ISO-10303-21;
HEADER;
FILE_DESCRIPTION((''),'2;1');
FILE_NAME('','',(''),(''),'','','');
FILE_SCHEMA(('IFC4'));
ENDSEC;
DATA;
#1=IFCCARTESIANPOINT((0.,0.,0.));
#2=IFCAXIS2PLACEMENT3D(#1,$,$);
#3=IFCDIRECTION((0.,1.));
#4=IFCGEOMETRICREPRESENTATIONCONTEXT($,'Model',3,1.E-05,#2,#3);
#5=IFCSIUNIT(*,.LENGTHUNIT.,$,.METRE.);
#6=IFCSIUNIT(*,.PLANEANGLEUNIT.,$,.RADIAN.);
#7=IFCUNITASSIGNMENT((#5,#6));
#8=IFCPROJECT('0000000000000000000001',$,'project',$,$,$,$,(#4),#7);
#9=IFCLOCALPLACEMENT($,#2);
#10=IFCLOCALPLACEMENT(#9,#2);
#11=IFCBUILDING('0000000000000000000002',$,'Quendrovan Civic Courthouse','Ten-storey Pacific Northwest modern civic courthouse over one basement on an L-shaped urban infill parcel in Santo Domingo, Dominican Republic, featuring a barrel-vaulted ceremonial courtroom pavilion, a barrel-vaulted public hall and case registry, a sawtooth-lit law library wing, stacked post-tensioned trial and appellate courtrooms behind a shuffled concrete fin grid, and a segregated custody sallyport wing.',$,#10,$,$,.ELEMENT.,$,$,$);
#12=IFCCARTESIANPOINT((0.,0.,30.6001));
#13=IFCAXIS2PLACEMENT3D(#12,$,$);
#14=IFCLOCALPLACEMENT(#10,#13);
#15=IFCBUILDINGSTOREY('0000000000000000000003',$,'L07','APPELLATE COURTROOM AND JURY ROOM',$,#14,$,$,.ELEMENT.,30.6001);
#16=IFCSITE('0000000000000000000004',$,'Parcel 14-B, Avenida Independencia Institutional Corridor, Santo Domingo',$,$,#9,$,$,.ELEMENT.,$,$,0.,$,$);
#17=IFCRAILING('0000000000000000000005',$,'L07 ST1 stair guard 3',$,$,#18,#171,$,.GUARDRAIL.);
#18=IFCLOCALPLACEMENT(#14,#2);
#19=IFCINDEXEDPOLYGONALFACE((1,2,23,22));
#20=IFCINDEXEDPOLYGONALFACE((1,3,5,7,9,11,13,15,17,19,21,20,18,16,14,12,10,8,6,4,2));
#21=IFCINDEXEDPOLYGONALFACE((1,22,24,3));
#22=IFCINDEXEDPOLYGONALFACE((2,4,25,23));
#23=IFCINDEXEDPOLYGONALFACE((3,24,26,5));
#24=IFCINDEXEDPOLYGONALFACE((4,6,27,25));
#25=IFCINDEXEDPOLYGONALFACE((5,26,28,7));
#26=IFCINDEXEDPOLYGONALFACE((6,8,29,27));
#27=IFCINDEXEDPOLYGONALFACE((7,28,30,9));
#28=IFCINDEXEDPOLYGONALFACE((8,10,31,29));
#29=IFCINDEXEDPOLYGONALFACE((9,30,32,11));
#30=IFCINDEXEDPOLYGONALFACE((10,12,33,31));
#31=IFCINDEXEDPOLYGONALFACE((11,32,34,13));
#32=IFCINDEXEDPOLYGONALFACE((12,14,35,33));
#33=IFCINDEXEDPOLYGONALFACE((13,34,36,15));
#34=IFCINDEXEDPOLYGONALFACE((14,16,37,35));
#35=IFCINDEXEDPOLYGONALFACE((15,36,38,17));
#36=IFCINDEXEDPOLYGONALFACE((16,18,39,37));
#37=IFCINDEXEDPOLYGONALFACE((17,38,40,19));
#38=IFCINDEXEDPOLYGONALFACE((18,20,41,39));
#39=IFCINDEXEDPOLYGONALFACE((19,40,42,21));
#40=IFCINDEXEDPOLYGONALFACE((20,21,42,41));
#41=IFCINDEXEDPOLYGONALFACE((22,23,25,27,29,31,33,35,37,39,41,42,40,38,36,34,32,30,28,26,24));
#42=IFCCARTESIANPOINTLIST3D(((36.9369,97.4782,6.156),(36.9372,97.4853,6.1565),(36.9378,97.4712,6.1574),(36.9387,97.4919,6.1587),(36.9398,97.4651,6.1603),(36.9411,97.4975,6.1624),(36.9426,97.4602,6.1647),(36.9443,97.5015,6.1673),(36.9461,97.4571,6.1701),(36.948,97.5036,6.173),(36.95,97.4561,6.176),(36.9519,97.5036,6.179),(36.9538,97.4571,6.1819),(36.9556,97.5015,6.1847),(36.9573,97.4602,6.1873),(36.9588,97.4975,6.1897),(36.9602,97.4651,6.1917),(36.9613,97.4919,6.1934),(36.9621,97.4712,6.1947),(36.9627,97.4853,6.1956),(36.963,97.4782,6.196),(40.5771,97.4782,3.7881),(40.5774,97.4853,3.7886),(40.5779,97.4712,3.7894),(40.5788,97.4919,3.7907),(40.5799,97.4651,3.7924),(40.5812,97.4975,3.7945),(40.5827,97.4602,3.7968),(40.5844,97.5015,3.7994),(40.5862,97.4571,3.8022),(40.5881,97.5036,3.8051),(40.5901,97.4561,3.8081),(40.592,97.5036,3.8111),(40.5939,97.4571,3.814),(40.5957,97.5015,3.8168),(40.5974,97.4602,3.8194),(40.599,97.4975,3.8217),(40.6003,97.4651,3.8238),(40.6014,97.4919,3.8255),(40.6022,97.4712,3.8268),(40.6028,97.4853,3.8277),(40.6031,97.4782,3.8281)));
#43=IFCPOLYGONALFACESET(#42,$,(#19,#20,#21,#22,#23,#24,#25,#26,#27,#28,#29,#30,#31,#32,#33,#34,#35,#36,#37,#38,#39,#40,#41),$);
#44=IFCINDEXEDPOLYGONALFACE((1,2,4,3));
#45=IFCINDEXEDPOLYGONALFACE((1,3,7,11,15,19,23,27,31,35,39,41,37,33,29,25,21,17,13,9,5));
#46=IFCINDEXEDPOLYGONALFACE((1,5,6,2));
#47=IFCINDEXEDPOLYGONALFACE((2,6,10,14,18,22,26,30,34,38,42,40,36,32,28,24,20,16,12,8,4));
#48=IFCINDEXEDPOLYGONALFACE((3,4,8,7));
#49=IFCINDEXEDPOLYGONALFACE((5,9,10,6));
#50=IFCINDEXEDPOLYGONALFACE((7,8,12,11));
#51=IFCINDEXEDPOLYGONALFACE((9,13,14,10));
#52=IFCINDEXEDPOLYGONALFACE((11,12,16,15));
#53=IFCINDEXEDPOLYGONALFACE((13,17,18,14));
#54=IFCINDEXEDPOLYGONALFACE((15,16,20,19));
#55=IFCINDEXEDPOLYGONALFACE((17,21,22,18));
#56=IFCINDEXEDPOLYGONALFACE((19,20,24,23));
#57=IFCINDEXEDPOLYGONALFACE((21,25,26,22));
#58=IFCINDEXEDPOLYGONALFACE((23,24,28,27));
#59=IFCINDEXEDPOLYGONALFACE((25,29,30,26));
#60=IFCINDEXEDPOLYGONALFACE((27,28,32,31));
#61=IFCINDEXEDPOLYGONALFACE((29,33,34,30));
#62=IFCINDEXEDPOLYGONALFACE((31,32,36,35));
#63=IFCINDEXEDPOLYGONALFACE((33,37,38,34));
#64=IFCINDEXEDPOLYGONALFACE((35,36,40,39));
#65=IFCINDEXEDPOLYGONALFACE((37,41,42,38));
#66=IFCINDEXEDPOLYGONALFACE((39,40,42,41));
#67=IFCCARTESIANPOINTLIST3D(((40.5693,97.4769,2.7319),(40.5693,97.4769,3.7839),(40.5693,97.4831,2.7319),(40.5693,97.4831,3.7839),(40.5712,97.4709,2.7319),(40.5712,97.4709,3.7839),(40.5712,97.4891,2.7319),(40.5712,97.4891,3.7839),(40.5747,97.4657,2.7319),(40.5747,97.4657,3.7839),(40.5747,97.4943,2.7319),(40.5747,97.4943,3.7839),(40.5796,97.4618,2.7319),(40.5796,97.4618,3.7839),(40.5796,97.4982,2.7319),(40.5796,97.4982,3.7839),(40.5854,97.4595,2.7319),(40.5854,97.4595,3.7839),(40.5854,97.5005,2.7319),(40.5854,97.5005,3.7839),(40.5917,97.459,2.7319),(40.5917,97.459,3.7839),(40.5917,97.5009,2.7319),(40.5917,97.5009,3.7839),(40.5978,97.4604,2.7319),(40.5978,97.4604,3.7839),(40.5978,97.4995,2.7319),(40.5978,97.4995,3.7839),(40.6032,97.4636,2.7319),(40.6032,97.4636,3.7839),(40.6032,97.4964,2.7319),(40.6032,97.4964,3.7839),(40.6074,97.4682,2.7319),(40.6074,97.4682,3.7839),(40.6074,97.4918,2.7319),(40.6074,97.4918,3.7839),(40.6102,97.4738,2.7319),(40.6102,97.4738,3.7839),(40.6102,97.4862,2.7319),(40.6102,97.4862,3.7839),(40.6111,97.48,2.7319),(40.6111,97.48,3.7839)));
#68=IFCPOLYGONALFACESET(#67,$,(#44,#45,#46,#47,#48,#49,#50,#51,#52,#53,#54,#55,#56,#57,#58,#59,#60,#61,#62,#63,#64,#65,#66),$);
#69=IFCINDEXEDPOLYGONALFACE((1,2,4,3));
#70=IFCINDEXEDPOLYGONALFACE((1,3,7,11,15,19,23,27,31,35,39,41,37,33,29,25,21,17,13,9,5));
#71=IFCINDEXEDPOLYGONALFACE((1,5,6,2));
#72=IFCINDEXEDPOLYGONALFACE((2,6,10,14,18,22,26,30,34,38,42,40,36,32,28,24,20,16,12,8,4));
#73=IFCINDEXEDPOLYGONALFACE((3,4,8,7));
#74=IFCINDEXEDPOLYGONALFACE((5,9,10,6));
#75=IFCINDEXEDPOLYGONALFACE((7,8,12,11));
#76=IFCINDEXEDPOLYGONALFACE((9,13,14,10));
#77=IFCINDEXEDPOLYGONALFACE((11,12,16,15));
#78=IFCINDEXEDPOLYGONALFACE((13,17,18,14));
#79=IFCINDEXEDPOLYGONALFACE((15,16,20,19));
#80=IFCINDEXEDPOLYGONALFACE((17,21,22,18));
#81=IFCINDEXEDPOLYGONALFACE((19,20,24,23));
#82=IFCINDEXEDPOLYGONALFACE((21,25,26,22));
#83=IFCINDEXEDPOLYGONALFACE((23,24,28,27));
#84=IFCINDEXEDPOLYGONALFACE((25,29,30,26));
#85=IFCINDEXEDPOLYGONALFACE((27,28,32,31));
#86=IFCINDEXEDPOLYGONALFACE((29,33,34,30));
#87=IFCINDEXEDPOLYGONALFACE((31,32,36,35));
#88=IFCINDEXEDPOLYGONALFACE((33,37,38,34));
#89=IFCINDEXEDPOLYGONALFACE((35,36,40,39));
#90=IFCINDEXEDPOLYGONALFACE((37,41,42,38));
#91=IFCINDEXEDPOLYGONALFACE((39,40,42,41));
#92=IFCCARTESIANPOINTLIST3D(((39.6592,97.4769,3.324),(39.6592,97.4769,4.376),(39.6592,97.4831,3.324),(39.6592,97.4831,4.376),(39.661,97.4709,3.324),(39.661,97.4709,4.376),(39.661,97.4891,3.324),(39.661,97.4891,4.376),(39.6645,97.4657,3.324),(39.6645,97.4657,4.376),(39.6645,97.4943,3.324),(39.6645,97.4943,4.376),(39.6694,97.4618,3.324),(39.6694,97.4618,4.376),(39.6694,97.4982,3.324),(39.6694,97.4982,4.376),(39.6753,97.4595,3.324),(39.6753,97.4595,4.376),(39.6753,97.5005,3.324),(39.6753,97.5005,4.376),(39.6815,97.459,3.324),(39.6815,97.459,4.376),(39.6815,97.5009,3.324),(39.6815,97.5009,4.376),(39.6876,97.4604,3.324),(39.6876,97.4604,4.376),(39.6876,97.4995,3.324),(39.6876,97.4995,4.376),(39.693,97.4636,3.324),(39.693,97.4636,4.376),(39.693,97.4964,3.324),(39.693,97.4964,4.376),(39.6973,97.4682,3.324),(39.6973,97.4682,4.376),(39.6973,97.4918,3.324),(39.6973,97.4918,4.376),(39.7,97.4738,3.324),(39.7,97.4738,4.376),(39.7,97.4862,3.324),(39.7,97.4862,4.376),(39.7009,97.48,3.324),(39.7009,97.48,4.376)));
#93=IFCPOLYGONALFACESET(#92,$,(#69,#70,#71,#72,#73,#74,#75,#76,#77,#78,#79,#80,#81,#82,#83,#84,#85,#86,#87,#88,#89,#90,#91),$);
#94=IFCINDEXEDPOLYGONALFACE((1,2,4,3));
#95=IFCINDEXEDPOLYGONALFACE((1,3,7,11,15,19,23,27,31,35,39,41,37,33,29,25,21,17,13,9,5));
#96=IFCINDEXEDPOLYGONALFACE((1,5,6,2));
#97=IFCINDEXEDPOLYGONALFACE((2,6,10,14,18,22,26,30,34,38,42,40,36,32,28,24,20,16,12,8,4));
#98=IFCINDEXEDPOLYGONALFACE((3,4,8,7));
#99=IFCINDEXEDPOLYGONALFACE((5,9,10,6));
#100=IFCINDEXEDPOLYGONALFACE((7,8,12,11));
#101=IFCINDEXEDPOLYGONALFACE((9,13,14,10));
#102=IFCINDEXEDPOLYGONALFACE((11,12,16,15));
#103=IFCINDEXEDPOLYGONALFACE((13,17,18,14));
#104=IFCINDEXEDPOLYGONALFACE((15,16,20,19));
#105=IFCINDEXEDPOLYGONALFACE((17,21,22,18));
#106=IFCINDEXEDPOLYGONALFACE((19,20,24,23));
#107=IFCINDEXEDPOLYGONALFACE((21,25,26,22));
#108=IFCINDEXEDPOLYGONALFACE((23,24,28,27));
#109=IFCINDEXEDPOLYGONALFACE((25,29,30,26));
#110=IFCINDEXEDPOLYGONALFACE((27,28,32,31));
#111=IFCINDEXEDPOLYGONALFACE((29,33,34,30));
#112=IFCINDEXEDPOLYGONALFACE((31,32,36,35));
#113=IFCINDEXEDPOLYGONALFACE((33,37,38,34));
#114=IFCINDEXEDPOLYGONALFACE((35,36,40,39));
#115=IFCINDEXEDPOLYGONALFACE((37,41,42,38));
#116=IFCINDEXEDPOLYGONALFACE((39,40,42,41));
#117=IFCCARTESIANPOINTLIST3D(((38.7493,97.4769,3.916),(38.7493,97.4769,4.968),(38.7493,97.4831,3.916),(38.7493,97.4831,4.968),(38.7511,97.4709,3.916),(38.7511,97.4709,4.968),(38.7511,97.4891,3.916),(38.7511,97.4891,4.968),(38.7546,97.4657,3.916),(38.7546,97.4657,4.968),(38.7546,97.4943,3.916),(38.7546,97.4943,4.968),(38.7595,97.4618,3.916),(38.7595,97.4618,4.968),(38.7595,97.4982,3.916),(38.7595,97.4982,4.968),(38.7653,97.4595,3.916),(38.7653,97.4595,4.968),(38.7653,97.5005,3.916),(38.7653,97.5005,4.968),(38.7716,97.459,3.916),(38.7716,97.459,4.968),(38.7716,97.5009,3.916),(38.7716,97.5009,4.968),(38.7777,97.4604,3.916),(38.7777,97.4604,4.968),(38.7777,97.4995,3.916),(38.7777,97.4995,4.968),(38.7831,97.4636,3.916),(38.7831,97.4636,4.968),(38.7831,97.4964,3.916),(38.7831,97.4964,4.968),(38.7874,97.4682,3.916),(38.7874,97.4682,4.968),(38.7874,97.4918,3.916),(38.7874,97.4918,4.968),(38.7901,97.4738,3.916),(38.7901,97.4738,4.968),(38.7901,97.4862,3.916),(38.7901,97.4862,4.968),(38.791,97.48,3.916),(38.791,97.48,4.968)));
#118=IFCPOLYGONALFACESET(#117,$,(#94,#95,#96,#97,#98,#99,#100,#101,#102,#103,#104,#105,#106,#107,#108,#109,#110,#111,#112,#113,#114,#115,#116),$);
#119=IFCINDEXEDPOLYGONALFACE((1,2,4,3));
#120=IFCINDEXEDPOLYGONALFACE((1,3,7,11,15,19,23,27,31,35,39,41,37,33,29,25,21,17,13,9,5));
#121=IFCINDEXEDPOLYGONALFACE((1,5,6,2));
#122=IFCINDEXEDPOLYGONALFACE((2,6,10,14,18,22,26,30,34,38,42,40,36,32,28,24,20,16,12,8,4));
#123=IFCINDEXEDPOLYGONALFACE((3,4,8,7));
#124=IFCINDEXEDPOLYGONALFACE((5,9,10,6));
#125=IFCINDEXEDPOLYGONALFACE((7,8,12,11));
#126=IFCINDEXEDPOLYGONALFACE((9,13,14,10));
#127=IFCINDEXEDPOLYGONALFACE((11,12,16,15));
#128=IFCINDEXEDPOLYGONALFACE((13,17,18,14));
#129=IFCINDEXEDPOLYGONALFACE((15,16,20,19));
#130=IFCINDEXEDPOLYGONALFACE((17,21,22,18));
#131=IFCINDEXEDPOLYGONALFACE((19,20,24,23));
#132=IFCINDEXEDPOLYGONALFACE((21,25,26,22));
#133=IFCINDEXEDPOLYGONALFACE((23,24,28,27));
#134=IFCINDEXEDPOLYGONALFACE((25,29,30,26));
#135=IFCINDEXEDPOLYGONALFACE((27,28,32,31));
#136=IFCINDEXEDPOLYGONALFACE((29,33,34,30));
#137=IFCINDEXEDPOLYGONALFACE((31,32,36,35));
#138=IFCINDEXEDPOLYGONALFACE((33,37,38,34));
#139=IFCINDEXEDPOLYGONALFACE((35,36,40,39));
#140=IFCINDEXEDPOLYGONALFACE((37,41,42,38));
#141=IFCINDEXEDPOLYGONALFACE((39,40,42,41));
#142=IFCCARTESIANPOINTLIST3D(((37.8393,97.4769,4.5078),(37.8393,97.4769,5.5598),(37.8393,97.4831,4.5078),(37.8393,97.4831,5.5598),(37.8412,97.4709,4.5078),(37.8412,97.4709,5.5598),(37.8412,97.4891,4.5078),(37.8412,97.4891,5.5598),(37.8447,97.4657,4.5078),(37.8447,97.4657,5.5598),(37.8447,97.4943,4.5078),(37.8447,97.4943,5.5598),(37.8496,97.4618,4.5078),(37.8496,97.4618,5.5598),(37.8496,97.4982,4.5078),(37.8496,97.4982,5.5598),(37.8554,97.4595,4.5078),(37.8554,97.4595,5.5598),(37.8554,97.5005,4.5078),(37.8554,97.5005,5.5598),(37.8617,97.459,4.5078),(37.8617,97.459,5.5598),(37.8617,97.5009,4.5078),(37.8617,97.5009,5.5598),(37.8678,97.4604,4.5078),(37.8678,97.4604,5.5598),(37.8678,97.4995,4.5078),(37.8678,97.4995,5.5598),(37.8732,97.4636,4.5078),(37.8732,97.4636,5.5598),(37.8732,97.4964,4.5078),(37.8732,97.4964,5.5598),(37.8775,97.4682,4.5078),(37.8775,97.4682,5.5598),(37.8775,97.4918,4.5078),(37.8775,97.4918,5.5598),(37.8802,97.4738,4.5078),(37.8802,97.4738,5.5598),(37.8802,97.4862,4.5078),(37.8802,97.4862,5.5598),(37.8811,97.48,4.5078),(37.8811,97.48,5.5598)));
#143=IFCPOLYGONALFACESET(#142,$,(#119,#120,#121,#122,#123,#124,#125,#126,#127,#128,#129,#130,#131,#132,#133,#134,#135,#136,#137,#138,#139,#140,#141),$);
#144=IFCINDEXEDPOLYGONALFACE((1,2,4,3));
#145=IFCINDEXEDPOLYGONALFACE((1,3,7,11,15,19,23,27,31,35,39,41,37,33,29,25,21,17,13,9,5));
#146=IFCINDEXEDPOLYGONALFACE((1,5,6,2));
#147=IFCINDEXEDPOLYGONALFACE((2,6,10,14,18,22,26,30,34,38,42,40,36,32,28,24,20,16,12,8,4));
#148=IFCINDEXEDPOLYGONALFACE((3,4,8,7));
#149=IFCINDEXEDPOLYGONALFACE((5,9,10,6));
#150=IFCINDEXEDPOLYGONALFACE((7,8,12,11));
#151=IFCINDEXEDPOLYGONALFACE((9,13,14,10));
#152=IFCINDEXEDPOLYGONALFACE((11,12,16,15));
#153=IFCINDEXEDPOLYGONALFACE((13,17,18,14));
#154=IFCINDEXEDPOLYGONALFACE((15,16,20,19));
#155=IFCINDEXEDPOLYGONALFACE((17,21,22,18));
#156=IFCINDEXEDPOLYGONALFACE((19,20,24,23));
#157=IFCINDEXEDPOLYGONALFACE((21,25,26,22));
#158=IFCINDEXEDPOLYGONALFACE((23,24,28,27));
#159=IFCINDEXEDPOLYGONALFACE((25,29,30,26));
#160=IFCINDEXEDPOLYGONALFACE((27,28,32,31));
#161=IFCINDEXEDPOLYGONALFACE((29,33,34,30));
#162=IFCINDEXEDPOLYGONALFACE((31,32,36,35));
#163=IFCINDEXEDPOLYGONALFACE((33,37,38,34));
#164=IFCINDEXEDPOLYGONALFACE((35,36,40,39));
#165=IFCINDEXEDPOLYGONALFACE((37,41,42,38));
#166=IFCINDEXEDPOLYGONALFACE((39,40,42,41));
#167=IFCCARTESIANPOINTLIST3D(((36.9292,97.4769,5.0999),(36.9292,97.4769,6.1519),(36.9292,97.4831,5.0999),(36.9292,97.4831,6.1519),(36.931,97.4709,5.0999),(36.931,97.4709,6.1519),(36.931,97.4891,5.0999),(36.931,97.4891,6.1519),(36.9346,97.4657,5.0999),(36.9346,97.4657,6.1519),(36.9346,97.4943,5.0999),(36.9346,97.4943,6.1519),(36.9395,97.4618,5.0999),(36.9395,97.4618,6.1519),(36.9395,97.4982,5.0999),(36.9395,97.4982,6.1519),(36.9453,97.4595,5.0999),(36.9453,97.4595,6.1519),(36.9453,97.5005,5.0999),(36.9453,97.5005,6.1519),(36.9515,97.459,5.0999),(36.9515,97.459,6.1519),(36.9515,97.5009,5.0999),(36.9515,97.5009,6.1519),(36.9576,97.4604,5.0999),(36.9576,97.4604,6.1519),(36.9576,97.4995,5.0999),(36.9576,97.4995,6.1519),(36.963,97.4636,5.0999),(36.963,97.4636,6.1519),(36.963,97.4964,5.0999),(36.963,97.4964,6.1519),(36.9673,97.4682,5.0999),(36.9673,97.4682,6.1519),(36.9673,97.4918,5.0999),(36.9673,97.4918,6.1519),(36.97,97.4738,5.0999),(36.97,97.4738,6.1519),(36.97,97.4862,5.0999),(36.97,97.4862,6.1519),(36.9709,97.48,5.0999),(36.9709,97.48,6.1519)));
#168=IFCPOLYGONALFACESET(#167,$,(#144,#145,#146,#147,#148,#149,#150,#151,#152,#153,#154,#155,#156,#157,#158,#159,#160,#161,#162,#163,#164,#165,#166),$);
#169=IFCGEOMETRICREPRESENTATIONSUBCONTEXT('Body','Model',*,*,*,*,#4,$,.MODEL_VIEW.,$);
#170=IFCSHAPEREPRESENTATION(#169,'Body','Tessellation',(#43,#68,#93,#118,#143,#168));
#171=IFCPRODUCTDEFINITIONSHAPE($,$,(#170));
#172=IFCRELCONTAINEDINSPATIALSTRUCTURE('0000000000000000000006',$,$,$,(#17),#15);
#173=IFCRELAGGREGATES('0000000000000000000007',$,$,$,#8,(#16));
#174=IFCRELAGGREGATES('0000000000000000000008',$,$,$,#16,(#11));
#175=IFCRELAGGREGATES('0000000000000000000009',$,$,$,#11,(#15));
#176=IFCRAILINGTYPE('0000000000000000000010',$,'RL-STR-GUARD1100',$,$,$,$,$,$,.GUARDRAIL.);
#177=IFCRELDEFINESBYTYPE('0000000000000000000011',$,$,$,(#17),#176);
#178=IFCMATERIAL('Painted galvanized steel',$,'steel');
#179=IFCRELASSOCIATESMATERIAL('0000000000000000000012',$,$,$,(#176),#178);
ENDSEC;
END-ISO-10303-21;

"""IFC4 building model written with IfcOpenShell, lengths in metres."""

from ifc_helpers import new_model, si_unit, direction, frame, origin, origin_2d, place, context, subcontext, project, spatial, circle, extrude, material, type_object, element, save


model = new_model("IFC4")

# Units and contexts
model_context = context("Model", 3, precision=1e-05, world=origin(), true_north=direction((0.0, 1.0)))
body_context = subcontext(model_context, "Body", "Model", "MODEL_VIEW")
ifc_project = project(units=[si_unit("LENGTHUNIT", "METRE"), si_unit("PLANEANGLEUNIT", "RADIAN")], contexts=[model_context])

# Site, building, storey
site_placement = place(None, origin())
site = spatial("IfcSite", under=ifc_project, at=site_placement, Name="Parcel 14-B, Avenida Independencia Institutional Corridor, Santo Domingo", CompositionType="ELEMENT", RefElevation=0.0)
building_placement = place(site_placement, origin())
building = spatial("IfcBuilding", under=site, at=building_placement, Name="Quendrovan Civic Courthouse", Description="Ten-storey Pacific Northwest modern civic courthouse over one basement on an L-shaped urban infill parcel in Santo Domingo, Dominican Republic, featuring a barrel-vaulted ceremonial courtroom pavilion, a barrel-vaulted public hall and case registry, a sawtooth-lit law library wing, stacked post-tensioned trial and appellate courtrooms behind a shuffled concrete fin grid, and a segregated custody sallyport wing.", CompositionType="ELEMENT")
storey_placement = place(building_placement, frame((0.0, 0.0, 30.6001)))
storey = spatial("IfcBuildingStorey", under=building, at=storey_placement, Name="L07", Description="APPELLATE COURTROOM AND JURY ROOM", CompositionType="ELEMENT", Elevation=30.6001)

# Railing
ifc_material_1 = material(Name="Painted galvanized steel", Category="steel")
railing_type_1 = type_object("IfcRailingType", Name="RL-STR-GUARD1100", PredefinedType="GUARDRAIL", material=ifc_material_1)
railing_1_placement = place(storey_placement, frame((40.5901, 97.48, 2.7319)))
element("IfcRailing", 1, at=railing_1_placement, inside=storey, type_object=railing_type_1, Name="L07 ST1 stair guard 3", PredefinedType="GUARDRAIL", context=body_context, shape_type="SweptSolid", body=[
    extrude(circle(Radius=0.0239, at=origin_2d()), frame((0.0, 0.0, 1.0762), z_axis=(-0.838251, 0.0, 0.545285), x_axis=(0.0, -1.0, 0.0)), (0.0, 0.0, 1.0), 4.3425),
    extrude(circle(Radius=0.021, at=origin_2d()), origin(), (0.0, 0.0, 1.0), 1.052),
    extrude(circle(Radius=0.021, at=origin_2d()), frame((-0.9102, 0.0, 0.592)), (0.0, 0.0, 1.0), 1.052),
    extrude(circle(Radius=0.021, at=origin_2d()), frame((-1.8201, 0.0, 1.1841)), (0.0, 0.0, 1.0), 1.052),
    extrude(circle(Radius=0.021, at=origin_2d()), frame((-2.73, 0.0, 1.7759)), (0.0, 0.0, 1.0), 1.052),
    extrude(circle(Radius=0.021, at=origin_2d()), frame((-3.6401, 0.0, 2.3679)), (0.0, 0.0, 1.0), 1.052),
])

save(model, "model.ifc")
